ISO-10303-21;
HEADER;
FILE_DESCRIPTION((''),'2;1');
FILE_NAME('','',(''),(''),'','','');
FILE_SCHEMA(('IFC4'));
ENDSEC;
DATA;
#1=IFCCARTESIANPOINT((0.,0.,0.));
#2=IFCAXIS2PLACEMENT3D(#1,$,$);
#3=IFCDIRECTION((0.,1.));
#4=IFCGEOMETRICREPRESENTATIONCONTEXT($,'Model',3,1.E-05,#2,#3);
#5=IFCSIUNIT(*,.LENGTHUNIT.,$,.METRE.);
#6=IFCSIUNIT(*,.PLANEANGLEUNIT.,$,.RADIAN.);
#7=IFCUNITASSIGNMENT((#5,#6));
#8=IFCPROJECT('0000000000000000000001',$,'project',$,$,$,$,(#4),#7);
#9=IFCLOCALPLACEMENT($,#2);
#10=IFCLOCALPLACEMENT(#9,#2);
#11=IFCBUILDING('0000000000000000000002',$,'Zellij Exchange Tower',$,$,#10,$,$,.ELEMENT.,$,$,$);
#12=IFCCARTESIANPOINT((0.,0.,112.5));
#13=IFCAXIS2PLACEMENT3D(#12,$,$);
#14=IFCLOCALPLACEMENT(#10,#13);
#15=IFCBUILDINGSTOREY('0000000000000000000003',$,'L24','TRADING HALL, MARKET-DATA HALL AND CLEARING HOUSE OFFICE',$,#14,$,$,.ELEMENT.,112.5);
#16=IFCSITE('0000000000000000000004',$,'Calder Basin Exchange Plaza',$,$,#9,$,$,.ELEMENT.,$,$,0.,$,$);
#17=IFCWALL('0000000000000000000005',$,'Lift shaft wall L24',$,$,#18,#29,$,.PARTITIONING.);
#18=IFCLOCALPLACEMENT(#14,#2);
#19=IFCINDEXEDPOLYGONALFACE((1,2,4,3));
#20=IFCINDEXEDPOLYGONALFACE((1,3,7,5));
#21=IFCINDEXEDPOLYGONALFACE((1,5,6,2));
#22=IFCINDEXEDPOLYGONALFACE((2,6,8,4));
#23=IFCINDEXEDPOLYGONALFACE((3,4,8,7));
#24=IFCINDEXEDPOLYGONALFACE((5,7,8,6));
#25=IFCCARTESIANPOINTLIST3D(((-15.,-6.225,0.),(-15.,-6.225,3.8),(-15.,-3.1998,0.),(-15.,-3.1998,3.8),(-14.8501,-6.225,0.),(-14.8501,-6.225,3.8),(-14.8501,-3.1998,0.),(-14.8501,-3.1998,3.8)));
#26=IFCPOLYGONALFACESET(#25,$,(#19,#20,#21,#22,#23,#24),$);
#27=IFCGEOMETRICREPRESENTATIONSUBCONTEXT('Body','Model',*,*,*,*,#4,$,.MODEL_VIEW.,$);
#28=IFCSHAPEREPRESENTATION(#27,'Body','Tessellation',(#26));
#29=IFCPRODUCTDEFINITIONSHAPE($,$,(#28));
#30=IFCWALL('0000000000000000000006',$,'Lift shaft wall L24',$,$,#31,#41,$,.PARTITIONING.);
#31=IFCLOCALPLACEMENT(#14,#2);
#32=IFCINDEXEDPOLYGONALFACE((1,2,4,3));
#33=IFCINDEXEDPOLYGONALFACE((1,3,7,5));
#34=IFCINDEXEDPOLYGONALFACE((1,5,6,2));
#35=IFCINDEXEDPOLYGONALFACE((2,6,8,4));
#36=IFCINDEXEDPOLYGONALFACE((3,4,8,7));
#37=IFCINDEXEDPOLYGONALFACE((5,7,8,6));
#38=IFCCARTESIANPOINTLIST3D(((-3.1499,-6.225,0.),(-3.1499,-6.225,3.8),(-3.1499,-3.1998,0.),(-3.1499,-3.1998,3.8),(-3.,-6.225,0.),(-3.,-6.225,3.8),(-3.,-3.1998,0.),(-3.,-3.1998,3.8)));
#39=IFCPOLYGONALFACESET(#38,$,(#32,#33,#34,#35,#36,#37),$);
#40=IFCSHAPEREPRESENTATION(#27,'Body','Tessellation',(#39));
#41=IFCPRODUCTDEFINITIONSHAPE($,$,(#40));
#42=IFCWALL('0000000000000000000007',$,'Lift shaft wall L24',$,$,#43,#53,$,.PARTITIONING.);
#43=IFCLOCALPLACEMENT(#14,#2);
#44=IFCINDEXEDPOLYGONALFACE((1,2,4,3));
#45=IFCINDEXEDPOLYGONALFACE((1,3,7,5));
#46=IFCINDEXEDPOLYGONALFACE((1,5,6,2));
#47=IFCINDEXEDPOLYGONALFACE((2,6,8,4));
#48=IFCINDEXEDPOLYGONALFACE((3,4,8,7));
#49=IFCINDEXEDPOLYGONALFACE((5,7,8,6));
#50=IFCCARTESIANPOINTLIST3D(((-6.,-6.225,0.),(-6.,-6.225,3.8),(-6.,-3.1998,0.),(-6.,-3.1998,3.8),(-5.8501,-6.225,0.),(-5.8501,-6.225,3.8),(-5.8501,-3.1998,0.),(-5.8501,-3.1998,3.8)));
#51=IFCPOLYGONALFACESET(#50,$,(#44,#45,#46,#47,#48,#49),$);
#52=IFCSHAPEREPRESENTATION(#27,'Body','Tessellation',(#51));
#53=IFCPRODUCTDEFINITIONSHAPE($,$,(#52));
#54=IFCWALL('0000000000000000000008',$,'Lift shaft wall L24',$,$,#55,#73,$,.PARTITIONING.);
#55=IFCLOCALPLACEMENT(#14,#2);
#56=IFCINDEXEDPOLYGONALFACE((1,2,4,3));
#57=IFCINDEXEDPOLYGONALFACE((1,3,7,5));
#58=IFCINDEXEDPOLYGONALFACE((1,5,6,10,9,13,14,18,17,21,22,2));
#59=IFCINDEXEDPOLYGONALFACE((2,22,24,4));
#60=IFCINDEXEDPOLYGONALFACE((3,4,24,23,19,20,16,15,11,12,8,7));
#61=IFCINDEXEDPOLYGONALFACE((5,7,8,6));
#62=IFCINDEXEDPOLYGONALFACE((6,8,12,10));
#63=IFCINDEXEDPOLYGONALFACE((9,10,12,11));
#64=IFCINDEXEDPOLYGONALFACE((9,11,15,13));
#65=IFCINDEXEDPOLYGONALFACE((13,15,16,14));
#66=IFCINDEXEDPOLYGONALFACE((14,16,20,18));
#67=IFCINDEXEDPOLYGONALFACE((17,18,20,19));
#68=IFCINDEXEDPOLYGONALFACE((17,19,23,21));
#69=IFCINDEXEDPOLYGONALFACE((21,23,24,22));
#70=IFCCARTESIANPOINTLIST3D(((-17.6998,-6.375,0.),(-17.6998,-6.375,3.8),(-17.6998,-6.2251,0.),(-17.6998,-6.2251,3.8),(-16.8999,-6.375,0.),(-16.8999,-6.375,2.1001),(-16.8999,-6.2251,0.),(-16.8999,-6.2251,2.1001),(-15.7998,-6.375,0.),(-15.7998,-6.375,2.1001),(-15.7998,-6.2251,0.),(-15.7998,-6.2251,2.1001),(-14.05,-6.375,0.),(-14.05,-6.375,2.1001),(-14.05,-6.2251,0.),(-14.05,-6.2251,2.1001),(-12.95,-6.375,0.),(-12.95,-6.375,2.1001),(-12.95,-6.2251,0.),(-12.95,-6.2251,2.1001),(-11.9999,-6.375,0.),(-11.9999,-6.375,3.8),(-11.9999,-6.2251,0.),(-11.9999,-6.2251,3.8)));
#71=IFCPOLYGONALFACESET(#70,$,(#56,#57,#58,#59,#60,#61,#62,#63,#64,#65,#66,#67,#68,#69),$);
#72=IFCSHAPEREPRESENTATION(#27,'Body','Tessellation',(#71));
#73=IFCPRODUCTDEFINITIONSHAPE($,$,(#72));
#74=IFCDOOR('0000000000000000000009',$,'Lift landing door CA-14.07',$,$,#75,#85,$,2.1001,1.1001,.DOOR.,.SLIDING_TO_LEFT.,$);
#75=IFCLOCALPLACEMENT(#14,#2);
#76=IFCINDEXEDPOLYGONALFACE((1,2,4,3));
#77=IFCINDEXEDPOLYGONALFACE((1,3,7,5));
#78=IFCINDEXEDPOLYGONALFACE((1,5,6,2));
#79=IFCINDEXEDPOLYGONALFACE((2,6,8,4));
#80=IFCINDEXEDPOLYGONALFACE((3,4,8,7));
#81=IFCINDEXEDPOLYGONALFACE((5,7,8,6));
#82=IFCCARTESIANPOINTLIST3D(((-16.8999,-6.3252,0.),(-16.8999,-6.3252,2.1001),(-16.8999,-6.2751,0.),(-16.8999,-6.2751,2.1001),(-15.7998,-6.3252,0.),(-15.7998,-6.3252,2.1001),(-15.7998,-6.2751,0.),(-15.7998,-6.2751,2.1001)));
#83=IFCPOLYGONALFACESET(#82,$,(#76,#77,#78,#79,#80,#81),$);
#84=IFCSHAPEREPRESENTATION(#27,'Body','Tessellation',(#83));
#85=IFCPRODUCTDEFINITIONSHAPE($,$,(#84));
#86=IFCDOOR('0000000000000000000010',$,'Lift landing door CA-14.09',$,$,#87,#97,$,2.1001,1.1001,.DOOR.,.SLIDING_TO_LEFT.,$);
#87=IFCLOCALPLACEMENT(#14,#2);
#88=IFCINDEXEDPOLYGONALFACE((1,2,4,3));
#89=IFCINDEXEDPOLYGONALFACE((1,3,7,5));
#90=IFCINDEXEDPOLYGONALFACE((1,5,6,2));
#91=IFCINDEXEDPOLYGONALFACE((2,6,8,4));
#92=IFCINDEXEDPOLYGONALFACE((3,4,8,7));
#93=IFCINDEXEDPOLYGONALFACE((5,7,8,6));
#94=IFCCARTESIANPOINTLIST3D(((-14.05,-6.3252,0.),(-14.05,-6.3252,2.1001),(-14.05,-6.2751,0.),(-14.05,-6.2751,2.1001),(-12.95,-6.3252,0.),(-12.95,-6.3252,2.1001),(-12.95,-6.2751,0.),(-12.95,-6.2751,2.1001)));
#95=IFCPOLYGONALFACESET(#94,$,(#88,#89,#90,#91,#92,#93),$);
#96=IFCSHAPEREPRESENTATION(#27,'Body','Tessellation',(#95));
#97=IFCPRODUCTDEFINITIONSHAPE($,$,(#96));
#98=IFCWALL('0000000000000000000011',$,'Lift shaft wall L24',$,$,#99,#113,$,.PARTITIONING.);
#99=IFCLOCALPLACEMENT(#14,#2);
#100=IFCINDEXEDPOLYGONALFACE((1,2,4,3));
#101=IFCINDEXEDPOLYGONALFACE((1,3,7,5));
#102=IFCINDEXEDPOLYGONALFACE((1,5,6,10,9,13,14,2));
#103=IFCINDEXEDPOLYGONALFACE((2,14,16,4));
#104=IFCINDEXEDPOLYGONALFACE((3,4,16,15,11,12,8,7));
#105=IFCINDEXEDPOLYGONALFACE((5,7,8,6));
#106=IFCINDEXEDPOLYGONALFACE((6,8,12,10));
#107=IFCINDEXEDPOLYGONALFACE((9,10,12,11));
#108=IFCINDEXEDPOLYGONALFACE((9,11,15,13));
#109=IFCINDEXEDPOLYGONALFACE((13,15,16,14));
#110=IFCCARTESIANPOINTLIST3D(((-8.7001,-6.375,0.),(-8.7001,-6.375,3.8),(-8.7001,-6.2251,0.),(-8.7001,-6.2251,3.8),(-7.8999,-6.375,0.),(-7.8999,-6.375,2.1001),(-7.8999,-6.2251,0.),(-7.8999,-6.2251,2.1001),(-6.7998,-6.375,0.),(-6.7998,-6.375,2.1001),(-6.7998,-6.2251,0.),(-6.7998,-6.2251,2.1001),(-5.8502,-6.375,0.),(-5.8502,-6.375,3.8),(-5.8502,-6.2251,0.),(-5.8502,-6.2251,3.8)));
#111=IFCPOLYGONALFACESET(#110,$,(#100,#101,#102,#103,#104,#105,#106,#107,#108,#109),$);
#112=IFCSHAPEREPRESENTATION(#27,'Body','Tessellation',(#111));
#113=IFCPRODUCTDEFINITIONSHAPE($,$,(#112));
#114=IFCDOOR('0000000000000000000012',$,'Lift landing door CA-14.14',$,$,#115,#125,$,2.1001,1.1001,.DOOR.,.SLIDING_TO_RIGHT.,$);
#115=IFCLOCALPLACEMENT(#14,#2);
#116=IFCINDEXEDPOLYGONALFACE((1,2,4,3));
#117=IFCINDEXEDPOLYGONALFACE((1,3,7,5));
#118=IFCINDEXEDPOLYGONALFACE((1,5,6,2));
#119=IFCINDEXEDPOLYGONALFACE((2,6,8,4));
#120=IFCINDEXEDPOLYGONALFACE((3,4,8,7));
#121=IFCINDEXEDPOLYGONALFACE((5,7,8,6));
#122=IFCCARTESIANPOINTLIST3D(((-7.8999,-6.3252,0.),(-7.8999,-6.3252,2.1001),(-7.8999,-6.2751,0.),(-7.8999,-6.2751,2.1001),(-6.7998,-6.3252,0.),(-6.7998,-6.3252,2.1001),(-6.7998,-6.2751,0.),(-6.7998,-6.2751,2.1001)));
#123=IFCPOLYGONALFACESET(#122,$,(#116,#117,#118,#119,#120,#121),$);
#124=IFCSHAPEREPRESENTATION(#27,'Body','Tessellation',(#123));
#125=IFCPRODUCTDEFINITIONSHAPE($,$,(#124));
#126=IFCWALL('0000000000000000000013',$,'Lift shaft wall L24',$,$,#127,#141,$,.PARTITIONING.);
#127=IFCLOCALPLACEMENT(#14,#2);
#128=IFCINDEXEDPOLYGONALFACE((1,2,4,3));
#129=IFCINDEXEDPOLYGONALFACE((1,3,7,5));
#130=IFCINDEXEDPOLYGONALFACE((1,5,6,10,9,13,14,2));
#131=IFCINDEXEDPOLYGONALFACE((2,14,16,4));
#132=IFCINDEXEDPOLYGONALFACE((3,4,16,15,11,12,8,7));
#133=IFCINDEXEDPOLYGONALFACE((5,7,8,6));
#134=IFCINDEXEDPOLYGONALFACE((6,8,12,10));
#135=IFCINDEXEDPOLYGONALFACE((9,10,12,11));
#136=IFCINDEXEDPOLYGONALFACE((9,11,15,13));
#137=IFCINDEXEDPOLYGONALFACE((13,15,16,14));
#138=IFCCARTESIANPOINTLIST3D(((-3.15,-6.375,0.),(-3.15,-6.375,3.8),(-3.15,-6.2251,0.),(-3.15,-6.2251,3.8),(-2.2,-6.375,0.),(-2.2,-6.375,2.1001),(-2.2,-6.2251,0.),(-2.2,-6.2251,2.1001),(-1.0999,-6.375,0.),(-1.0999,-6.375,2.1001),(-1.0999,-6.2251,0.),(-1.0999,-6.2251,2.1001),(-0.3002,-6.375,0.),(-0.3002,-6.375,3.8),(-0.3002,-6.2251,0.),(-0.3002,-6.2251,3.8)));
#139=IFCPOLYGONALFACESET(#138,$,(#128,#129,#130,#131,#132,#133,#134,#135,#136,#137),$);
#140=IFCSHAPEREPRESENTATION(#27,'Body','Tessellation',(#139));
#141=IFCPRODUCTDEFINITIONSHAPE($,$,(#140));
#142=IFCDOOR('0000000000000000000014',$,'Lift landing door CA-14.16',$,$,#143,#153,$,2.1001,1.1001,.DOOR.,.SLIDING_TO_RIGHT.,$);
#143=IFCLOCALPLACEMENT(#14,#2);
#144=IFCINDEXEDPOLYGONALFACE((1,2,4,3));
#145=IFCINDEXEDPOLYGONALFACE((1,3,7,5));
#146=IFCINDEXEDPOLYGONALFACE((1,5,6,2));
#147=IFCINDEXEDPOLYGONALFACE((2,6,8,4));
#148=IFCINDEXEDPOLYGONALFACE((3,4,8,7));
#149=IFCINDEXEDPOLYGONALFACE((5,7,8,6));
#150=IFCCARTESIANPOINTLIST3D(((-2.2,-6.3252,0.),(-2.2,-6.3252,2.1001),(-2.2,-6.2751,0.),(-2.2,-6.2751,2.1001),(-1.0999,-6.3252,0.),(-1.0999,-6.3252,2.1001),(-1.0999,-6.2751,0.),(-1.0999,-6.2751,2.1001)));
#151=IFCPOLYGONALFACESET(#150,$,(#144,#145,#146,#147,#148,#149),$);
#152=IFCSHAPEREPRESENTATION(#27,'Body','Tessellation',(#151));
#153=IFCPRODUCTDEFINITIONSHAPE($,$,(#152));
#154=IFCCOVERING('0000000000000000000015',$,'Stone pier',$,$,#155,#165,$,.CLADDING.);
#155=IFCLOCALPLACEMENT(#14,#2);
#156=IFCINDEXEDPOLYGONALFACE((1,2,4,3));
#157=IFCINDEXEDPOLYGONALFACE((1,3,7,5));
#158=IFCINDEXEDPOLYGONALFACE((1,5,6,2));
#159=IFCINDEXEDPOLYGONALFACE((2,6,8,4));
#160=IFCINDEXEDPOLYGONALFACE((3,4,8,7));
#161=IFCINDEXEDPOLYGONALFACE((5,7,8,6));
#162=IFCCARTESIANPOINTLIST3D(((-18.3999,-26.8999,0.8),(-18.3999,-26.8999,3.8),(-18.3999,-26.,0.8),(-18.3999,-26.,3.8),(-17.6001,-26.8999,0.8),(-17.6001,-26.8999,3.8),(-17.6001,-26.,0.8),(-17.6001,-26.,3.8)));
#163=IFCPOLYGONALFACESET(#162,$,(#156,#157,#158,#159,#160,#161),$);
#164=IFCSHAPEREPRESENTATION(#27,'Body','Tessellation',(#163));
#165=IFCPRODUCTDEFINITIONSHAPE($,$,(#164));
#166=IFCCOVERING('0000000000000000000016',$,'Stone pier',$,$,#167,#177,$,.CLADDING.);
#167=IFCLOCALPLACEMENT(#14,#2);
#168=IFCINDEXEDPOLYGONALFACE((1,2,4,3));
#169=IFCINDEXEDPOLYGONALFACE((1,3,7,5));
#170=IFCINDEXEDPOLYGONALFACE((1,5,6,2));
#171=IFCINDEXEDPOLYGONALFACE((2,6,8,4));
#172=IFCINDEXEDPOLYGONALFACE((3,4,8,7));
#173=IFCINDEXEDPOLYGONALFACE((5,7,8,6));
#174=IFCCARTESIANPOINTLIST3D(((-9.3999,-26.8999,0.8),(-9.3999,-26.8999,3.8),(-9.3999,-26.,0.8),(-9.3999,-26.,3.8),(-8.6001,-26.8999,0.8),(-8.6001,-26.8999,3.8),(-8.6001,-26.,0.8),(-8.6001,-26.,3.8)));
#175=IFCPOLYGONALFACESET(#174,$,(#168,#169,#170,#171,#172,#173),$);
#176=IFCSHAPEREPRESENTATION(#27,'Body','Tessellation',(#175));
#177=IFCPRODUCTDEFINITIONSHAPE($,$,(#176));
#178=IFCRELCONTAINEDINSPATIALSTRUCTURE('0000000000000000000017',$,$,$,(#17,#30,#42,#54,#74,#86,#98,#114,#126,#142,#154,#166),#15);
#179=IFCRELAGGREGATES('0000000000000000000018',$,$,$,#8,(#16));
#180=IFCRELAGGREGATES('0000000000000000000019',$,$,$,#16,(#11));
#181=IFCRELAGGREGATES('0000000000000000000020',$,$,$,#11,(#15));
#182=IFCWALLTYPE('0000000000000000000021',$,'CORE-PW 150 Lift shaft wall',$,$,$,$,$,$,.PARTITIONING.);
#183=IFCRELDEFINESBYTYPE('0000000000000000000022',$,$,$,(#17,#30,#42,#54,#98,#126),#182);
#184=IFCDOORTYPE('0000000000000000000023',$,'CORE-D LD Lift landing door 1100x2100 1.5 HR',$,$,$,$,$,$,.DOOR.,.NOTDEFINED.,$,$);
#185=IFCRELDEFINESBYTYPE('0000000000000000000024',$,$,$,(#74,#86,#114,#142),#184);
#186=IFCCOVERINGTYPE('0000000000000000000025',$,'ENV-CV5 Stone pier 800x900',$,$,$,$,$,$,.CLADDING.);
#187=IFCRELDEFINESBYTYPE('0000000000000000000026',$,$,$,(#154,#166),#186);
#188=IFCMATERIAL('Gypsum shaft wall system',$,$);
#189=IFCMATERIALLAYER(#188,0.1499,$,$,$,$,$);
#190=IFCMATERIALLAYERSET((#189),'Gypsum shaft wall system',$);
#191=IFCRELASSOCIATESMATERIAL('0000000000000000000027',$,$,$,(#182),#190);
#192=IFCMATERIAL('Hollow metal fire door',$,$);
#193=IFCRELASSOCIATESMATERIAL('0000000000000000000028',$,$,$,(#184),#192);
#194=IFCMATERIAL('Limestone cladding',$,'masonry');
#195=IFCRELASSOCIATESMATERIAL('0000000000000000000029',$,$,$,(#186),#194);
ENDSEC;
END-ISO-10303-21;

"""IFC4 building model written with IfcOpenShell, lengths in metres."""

from ifc_helpers import new_model, si_unit, direction, frame, frame_2d, origin, place, context, subcontext, project, spatial, polyline, rectangle, outline, extrude, material, layer, layer_set, type_object, element, fill, save


model = new_model("IFC4")

# Units and contexts
model_context = context("Model", 3, precision=1e-05, world=origin(), true_north=direction((0.0, 1.0)))
body_context = subcontext(model_context, "Body", "Model", "MODEL_VIEW")
ifc_project = project(units=[si_unit("LENGTHUNIT", "METRE"), si_unit("PLANEANGLEUNIT", "RADIAN")], contexts=[model_context])

# Site, building, storey
site_placement = place(None, origin())
site = spatial("IfcSite", under=ifc_project, at=site_placement, Name="Calder Basin Exchange Plaza", CompositionType="ELEMENT", RefElevation=0.0)
building_placement = place(site_placement, origin())
building = spatial("IfcBuilding", under=site, at=building_placement, Name="Zellij Exchange Tower", CompositionType="ELEMENT")
storey_placement = place(building_placement, frame((0.0, 0.0, 112.5)))
storey = spatial("IfcBuildingStorey", under=building, at=storey_placement, Name="L24", Description="TRADING HALL, MARKET-DATA HALL AND CLEARING HOUSE OFFICE", CompositionType="ELEMENT", Elevation=112.5)

# Walls
ifc_material_1 = material(Name="Gypsum shaft wall system")
ifc_layer_1 = layer(ifc_material_1, 0.1499)
ifc_layer_set_1 = layer_set([ifc_layer_1], Name="Gypsum shaft wall system")
wall_type_1 = type_object("IfcWallType", Name="CORE-PW 150 Lift shaft wall", PredefinedType="PARTITIONING", material=ifc_layer_set_1)
for number, where, z_axis, x_axis, name in (
    (1, (-14.925, -6.2251, 0.0), (0.0, 0.0, 1.0), (0.0, 1.0, 0.0), "Lift shaft wall L24"),
    (2, (-3.075, -6.2251, 0.0), (0.0, 0.0, 1.0), (0.0, 1.0, 0.0), "Lift shaft wall L24"),
    (3, (-5.925, -6.2251, 0.0), (0.0, 0.0, 1.0), (0.0, 1.0, 0.0), "Lift shaft wall L24"),
):
    element("IfcWall", number, at=place(storey_placement, frame(where, z_axis=z_axis, x_axis=x_axis)), inside=storey, type_object=wall_type_1, Name=name, PredefinedType="PARTITIONING", context=body_context, shape_type="SweptSolid", body=[
        extrude(rectangle(XDim=3.0251, YDim=0.1499, at=frame_2d((1.5127, 0.0))), origin(), (0.0, 0.0, 1.0), 3.8),
    ])

# Wall, openings, doors
wall_1_placement = place(storey_placement, frame((-17.7, -6.3, 0.0), z_axis=(0.0, 0.0, 1.0), x_axis=(1.0, 0.0, 0.0)))
wall_1 = element("IfcWall", 4, at=wall_1_placement, inside=storey, type_object=wall_type_1, Name="Lift shaft wall L24", PredefinedType="PARTITIONING", context=body_context, shape_type="SweptSolid", body=[
    extrude(rectangle(XDim=5.7, YDim=0.1499, at=frame_2d((2.8501, 0.0))), origin(), (0.0, 0.0, 1.0), 3.8),
])
opening_1_placement = place(wall_1_placement, frame((0.8, 0.0, 0.0)))
opening_1 = element("IfcOpeningElement", 5, at=opening_1_placement, cuts=wall_1, PredefinedType="OPENING", context=body_context, shape_type="SweptSolid", body=[
    extrude(rectangle(XDim=1.1001, YDim=2.1001, at=frame_2d((0.55, 1.05))), frame((0.0, 0.0869, 0.0), z_axis=(0.0, -1.0, 0.0), x_axis=(1.0, 0.0, 0.0)), (0.0, 0.0, 1.0), 0.1738),
])
opening_2_placement = place(wall_1_placement, frame((3.6499, 0.0, 0.0)))
opening_2 = element("IfcOpeningElement", 6, at=opening_2_placement, cuts=wall_1, PredefinedType="OPENING", context=body_context, shape_type="SweptSolid", body=[
    extrude(rectangle(XDim=1.1001, YDim=2.1001, at=frame_2d((0.55, 1.05))), frame((0.0, 0.0869, 0.0), z_axis=(0.0, -1.0, 0.0), x_axis=(1.0, 0.0, 0.0)), (0.0, 0.0, 1.0), 0.1738),
])
ifc_material_2 = material(Name="Hollow metal fire door")
door_type = type_object("IfcDoorType", Name="CORE-D LD Lift landing door 1100x2100 1.5 HR", OperationType="NOTDEFINED", PredefinedType="DOOR", material=ifc_material_2)
door_1_placement = place(opening_1_placement, origin())
door_1 = element("IfcDoor", 7, at=door_1_placement, inside=storey, type_object=door_type, Name="Lift landing door CA-14.07", OperationType="SLIDING_TO_LEFT", OverallHeight=2.1001, OverallWidth=1.1001, PredefinedType="DOOR", context=body_context, shape_type="SweptSolid", body=[
    extrude(rectangle(XDim=1.1001, YDim=2.1001, at=frame_2d((0.55, 1.05))), frame((0.0, 0.0249, 0.0), z_axis=(0.0, -1.0, 0.0), x_axis=(1.0, 0.0, 0.0)), (0.0, 0.0, 1.0), 0.05),
])
fill(opening_1, door_1)
door_2_placement = place(opening_2_placement, origin())
door_2 = element("IfcDoor", 8, at=door_2_placement, inside=storey, type_object=door_type, Name="Lift landing door CA-14.09", OperationType="SLIDING_TO_LEFT", OverallHeight=2.1001, OverallWidth=1.1001, PredefinedType="DOOR", context=body_context, shape_type="SweptSolid", body=[
    extrude(rectangle(XDim=1.1001, YDim=2.1001, at=frame_2d((0.55, 1.05))), frame((0.0, 0.0249, 0.0), z_axis=(0.0, -1.0, 0.0), x_axis=(1.0, 0.0, 0.0)), (0.0, 0.0, 1.0), 0.05),
])
fill(opening_2, door_2)

# Walls, openings, doors
wall_2_placement = place(storey_placement, frame((-8.7, -6.3, 0.0), z_axis=(0.0, 0.0, 1.0), x_axis=(1.0, 0.0, 0.0)))
wall_2 = element("IfcWall", 9, at=wall_2_placement, inside=storey, type_object=wall_type_1, Name="Lift shaft wall L24", PredefinedType="PARTITIONING", context=body_context, shape_type="SweptSolid", body=[
    extrude(rectangle(XDim=2.8499, YDim=0.1499, at=frame_2d((1.4248, 0.0))), origin(), (0.0, 0.0, 1.0), 3.8),
])
opening_3_placement = place(wall_2_placement, frame((0.8, 0.0, 0.0)))
opening_3 = element("IfcOpeningElement", 10, at=opening_3_placement, cuts=wall_2, PredefinedType="OPENING", context=body_context, shape_type="SweptSolid", body=[
    extrude(rectangle(XDim=1.1001, YDim=2.1001, at=frame_2d((0.55, 1.05))), frame((0.0, 0.0869, 0.0), z_axis=(0.0, -1.0, 0.0), x_axis=(1.0, 0.0, 0.0)), (0.0, 0.0, 1.0), 0.1738),
])
door_3_placement = place(opening_3_placement, origin())
door_3 = element("IfcDoor", 11, at=door_3_placement, inside=storey, type_object=door_type, Name="Lift landing door CA-14.14", OperationType="SLIDING_TO_RIGHT", OverallHeight=2.1001, OverallWidth=1.1001, PredefinedType="DOOR", context=body_context, shape_type="SweptSolid", body=[
    extrude(rectangle(XDim=1.1001, YDim=2.1001, at=frame_2d((0.55, 1.05))), frame((0.0, 0.0249, 0.0), z_axis=(0.0, -1.0, 0.0), x_axis=(1.0, 0.0, 0.0)), (0.0, 0.0, 1.0), 0.05),
])
fill(opening_3, door_3)
wall_3_placement = place(storey_placement, frame((-3.1499, -6.3, 0.0), z_axis=(0.0, 0.0, 1.0), x_axis=(1.0, 0.0, 0.0)))
wall_3 = element("IfcWall", 12, at=wall_3_placement, inside=storey, type_object=wall_type_1, Name="Lift shaft wall L24", PredefinedType="PARTITIONING", context=body_context, shape_type="SweptSolid", body=[
    extrude(rectangle(XDim=2.8499, YDim=0.1499, at=frame_2d((1.4248, 0.0))), origin(), (0.0, 0.0, 1.0), 3.8),
])
opening_4_placement = place(wall_3_placement, frame((0.95, 0.0, 0.0)))
opening_4 = element("IfcOpeningElement", 13, at=opening_4_placement, cuts=wall_3, PredefinedType="OPENING", context=body_context, shape_type="SweptSolid", body=[
    extrude(rectangle(XDim=1.1001, YDim=2.1001, at=frame_2d((0.55, 1.05))), frame((0.0, 0.0869, 0.0), z_axis=(0.0, -1.0, 0.0), x_axis=(1.0, 0.0, 0.0)), (0.0, 0.0, 1.0), 0.1738),
])
door_4_placement = place(opening_4_placement, origin())
door_4 = element("IfcDoor", 14, at=door_4_placement, inside=storey, type_object=door_type, Name="Lift landing door CA-14.16", OperationType="SLIDING_TO_RIGHT", OverallHeight=2.1001, OverallWidth=1.1001, PredefinedType="DOOR", context=body_context, shape_type="SweptSolid", body=[
    extrude(rectangle(XDim=1.1001, YDim=2.1001, at=frame_2d((0.55, 1.05))), frame((0.0, 0.0249, 0.0), z_axis=(0.0, -1.0, 0.0), x_axis=(1.0, 0.0, 0.0)), (0.0, 0.0, 1.0), 0.05),
])
fill(opening_4, door_4)

# Coverings
ifc_material_3 = material(Name="Limestone cladding", Category="masonry")
covering_type_1 = type_object("IfcCoveringType", Name="ENV-CV5 Stone pier 800x900", PredefinedType="CLADDING", material=ifc_material_3)
covering_1_placement = place(storey_placement, frame((0.0, 0.0, 0.8)))
element("IfcCovering", 15, at=covering_1_placement, inside=storey, type_object=covering_type_1, Name="Stone pier", PredefinedType="CLADDING", context=body_context, shape_type="SweptSolid", body=[
    extrude(outline(polyline([(-18.3999, -26.0), (-17.6001, -26.0), (-17.6001, -26.8999), (-18.3999, -26.8999), (-18.3999, -26.0)])), origin(), (0.0, 0.0, 1.0), 3.0),
])
covering_2_placement = place(storey_placement, frame((0.0, 0.0, 0.8)))
element("IfcCovering", 16, at=covering_2_placement, inside=storey, type_object=covering_type_1, Name="Stone pier", PredefinedType="CLADDING", context=body_context, shape_type="SweptSolid", body=[
    extrude(outline(polyline([(-9.3999, -26.0), (-8.6001, -26.0), (-8.6001, -26.8999), (-9.3999, -26.8999), (-9.3999, -26.0)])), origin(), (0.0, 0.0, 1.0), 3.0),
])

save(model, "model.ifc")
